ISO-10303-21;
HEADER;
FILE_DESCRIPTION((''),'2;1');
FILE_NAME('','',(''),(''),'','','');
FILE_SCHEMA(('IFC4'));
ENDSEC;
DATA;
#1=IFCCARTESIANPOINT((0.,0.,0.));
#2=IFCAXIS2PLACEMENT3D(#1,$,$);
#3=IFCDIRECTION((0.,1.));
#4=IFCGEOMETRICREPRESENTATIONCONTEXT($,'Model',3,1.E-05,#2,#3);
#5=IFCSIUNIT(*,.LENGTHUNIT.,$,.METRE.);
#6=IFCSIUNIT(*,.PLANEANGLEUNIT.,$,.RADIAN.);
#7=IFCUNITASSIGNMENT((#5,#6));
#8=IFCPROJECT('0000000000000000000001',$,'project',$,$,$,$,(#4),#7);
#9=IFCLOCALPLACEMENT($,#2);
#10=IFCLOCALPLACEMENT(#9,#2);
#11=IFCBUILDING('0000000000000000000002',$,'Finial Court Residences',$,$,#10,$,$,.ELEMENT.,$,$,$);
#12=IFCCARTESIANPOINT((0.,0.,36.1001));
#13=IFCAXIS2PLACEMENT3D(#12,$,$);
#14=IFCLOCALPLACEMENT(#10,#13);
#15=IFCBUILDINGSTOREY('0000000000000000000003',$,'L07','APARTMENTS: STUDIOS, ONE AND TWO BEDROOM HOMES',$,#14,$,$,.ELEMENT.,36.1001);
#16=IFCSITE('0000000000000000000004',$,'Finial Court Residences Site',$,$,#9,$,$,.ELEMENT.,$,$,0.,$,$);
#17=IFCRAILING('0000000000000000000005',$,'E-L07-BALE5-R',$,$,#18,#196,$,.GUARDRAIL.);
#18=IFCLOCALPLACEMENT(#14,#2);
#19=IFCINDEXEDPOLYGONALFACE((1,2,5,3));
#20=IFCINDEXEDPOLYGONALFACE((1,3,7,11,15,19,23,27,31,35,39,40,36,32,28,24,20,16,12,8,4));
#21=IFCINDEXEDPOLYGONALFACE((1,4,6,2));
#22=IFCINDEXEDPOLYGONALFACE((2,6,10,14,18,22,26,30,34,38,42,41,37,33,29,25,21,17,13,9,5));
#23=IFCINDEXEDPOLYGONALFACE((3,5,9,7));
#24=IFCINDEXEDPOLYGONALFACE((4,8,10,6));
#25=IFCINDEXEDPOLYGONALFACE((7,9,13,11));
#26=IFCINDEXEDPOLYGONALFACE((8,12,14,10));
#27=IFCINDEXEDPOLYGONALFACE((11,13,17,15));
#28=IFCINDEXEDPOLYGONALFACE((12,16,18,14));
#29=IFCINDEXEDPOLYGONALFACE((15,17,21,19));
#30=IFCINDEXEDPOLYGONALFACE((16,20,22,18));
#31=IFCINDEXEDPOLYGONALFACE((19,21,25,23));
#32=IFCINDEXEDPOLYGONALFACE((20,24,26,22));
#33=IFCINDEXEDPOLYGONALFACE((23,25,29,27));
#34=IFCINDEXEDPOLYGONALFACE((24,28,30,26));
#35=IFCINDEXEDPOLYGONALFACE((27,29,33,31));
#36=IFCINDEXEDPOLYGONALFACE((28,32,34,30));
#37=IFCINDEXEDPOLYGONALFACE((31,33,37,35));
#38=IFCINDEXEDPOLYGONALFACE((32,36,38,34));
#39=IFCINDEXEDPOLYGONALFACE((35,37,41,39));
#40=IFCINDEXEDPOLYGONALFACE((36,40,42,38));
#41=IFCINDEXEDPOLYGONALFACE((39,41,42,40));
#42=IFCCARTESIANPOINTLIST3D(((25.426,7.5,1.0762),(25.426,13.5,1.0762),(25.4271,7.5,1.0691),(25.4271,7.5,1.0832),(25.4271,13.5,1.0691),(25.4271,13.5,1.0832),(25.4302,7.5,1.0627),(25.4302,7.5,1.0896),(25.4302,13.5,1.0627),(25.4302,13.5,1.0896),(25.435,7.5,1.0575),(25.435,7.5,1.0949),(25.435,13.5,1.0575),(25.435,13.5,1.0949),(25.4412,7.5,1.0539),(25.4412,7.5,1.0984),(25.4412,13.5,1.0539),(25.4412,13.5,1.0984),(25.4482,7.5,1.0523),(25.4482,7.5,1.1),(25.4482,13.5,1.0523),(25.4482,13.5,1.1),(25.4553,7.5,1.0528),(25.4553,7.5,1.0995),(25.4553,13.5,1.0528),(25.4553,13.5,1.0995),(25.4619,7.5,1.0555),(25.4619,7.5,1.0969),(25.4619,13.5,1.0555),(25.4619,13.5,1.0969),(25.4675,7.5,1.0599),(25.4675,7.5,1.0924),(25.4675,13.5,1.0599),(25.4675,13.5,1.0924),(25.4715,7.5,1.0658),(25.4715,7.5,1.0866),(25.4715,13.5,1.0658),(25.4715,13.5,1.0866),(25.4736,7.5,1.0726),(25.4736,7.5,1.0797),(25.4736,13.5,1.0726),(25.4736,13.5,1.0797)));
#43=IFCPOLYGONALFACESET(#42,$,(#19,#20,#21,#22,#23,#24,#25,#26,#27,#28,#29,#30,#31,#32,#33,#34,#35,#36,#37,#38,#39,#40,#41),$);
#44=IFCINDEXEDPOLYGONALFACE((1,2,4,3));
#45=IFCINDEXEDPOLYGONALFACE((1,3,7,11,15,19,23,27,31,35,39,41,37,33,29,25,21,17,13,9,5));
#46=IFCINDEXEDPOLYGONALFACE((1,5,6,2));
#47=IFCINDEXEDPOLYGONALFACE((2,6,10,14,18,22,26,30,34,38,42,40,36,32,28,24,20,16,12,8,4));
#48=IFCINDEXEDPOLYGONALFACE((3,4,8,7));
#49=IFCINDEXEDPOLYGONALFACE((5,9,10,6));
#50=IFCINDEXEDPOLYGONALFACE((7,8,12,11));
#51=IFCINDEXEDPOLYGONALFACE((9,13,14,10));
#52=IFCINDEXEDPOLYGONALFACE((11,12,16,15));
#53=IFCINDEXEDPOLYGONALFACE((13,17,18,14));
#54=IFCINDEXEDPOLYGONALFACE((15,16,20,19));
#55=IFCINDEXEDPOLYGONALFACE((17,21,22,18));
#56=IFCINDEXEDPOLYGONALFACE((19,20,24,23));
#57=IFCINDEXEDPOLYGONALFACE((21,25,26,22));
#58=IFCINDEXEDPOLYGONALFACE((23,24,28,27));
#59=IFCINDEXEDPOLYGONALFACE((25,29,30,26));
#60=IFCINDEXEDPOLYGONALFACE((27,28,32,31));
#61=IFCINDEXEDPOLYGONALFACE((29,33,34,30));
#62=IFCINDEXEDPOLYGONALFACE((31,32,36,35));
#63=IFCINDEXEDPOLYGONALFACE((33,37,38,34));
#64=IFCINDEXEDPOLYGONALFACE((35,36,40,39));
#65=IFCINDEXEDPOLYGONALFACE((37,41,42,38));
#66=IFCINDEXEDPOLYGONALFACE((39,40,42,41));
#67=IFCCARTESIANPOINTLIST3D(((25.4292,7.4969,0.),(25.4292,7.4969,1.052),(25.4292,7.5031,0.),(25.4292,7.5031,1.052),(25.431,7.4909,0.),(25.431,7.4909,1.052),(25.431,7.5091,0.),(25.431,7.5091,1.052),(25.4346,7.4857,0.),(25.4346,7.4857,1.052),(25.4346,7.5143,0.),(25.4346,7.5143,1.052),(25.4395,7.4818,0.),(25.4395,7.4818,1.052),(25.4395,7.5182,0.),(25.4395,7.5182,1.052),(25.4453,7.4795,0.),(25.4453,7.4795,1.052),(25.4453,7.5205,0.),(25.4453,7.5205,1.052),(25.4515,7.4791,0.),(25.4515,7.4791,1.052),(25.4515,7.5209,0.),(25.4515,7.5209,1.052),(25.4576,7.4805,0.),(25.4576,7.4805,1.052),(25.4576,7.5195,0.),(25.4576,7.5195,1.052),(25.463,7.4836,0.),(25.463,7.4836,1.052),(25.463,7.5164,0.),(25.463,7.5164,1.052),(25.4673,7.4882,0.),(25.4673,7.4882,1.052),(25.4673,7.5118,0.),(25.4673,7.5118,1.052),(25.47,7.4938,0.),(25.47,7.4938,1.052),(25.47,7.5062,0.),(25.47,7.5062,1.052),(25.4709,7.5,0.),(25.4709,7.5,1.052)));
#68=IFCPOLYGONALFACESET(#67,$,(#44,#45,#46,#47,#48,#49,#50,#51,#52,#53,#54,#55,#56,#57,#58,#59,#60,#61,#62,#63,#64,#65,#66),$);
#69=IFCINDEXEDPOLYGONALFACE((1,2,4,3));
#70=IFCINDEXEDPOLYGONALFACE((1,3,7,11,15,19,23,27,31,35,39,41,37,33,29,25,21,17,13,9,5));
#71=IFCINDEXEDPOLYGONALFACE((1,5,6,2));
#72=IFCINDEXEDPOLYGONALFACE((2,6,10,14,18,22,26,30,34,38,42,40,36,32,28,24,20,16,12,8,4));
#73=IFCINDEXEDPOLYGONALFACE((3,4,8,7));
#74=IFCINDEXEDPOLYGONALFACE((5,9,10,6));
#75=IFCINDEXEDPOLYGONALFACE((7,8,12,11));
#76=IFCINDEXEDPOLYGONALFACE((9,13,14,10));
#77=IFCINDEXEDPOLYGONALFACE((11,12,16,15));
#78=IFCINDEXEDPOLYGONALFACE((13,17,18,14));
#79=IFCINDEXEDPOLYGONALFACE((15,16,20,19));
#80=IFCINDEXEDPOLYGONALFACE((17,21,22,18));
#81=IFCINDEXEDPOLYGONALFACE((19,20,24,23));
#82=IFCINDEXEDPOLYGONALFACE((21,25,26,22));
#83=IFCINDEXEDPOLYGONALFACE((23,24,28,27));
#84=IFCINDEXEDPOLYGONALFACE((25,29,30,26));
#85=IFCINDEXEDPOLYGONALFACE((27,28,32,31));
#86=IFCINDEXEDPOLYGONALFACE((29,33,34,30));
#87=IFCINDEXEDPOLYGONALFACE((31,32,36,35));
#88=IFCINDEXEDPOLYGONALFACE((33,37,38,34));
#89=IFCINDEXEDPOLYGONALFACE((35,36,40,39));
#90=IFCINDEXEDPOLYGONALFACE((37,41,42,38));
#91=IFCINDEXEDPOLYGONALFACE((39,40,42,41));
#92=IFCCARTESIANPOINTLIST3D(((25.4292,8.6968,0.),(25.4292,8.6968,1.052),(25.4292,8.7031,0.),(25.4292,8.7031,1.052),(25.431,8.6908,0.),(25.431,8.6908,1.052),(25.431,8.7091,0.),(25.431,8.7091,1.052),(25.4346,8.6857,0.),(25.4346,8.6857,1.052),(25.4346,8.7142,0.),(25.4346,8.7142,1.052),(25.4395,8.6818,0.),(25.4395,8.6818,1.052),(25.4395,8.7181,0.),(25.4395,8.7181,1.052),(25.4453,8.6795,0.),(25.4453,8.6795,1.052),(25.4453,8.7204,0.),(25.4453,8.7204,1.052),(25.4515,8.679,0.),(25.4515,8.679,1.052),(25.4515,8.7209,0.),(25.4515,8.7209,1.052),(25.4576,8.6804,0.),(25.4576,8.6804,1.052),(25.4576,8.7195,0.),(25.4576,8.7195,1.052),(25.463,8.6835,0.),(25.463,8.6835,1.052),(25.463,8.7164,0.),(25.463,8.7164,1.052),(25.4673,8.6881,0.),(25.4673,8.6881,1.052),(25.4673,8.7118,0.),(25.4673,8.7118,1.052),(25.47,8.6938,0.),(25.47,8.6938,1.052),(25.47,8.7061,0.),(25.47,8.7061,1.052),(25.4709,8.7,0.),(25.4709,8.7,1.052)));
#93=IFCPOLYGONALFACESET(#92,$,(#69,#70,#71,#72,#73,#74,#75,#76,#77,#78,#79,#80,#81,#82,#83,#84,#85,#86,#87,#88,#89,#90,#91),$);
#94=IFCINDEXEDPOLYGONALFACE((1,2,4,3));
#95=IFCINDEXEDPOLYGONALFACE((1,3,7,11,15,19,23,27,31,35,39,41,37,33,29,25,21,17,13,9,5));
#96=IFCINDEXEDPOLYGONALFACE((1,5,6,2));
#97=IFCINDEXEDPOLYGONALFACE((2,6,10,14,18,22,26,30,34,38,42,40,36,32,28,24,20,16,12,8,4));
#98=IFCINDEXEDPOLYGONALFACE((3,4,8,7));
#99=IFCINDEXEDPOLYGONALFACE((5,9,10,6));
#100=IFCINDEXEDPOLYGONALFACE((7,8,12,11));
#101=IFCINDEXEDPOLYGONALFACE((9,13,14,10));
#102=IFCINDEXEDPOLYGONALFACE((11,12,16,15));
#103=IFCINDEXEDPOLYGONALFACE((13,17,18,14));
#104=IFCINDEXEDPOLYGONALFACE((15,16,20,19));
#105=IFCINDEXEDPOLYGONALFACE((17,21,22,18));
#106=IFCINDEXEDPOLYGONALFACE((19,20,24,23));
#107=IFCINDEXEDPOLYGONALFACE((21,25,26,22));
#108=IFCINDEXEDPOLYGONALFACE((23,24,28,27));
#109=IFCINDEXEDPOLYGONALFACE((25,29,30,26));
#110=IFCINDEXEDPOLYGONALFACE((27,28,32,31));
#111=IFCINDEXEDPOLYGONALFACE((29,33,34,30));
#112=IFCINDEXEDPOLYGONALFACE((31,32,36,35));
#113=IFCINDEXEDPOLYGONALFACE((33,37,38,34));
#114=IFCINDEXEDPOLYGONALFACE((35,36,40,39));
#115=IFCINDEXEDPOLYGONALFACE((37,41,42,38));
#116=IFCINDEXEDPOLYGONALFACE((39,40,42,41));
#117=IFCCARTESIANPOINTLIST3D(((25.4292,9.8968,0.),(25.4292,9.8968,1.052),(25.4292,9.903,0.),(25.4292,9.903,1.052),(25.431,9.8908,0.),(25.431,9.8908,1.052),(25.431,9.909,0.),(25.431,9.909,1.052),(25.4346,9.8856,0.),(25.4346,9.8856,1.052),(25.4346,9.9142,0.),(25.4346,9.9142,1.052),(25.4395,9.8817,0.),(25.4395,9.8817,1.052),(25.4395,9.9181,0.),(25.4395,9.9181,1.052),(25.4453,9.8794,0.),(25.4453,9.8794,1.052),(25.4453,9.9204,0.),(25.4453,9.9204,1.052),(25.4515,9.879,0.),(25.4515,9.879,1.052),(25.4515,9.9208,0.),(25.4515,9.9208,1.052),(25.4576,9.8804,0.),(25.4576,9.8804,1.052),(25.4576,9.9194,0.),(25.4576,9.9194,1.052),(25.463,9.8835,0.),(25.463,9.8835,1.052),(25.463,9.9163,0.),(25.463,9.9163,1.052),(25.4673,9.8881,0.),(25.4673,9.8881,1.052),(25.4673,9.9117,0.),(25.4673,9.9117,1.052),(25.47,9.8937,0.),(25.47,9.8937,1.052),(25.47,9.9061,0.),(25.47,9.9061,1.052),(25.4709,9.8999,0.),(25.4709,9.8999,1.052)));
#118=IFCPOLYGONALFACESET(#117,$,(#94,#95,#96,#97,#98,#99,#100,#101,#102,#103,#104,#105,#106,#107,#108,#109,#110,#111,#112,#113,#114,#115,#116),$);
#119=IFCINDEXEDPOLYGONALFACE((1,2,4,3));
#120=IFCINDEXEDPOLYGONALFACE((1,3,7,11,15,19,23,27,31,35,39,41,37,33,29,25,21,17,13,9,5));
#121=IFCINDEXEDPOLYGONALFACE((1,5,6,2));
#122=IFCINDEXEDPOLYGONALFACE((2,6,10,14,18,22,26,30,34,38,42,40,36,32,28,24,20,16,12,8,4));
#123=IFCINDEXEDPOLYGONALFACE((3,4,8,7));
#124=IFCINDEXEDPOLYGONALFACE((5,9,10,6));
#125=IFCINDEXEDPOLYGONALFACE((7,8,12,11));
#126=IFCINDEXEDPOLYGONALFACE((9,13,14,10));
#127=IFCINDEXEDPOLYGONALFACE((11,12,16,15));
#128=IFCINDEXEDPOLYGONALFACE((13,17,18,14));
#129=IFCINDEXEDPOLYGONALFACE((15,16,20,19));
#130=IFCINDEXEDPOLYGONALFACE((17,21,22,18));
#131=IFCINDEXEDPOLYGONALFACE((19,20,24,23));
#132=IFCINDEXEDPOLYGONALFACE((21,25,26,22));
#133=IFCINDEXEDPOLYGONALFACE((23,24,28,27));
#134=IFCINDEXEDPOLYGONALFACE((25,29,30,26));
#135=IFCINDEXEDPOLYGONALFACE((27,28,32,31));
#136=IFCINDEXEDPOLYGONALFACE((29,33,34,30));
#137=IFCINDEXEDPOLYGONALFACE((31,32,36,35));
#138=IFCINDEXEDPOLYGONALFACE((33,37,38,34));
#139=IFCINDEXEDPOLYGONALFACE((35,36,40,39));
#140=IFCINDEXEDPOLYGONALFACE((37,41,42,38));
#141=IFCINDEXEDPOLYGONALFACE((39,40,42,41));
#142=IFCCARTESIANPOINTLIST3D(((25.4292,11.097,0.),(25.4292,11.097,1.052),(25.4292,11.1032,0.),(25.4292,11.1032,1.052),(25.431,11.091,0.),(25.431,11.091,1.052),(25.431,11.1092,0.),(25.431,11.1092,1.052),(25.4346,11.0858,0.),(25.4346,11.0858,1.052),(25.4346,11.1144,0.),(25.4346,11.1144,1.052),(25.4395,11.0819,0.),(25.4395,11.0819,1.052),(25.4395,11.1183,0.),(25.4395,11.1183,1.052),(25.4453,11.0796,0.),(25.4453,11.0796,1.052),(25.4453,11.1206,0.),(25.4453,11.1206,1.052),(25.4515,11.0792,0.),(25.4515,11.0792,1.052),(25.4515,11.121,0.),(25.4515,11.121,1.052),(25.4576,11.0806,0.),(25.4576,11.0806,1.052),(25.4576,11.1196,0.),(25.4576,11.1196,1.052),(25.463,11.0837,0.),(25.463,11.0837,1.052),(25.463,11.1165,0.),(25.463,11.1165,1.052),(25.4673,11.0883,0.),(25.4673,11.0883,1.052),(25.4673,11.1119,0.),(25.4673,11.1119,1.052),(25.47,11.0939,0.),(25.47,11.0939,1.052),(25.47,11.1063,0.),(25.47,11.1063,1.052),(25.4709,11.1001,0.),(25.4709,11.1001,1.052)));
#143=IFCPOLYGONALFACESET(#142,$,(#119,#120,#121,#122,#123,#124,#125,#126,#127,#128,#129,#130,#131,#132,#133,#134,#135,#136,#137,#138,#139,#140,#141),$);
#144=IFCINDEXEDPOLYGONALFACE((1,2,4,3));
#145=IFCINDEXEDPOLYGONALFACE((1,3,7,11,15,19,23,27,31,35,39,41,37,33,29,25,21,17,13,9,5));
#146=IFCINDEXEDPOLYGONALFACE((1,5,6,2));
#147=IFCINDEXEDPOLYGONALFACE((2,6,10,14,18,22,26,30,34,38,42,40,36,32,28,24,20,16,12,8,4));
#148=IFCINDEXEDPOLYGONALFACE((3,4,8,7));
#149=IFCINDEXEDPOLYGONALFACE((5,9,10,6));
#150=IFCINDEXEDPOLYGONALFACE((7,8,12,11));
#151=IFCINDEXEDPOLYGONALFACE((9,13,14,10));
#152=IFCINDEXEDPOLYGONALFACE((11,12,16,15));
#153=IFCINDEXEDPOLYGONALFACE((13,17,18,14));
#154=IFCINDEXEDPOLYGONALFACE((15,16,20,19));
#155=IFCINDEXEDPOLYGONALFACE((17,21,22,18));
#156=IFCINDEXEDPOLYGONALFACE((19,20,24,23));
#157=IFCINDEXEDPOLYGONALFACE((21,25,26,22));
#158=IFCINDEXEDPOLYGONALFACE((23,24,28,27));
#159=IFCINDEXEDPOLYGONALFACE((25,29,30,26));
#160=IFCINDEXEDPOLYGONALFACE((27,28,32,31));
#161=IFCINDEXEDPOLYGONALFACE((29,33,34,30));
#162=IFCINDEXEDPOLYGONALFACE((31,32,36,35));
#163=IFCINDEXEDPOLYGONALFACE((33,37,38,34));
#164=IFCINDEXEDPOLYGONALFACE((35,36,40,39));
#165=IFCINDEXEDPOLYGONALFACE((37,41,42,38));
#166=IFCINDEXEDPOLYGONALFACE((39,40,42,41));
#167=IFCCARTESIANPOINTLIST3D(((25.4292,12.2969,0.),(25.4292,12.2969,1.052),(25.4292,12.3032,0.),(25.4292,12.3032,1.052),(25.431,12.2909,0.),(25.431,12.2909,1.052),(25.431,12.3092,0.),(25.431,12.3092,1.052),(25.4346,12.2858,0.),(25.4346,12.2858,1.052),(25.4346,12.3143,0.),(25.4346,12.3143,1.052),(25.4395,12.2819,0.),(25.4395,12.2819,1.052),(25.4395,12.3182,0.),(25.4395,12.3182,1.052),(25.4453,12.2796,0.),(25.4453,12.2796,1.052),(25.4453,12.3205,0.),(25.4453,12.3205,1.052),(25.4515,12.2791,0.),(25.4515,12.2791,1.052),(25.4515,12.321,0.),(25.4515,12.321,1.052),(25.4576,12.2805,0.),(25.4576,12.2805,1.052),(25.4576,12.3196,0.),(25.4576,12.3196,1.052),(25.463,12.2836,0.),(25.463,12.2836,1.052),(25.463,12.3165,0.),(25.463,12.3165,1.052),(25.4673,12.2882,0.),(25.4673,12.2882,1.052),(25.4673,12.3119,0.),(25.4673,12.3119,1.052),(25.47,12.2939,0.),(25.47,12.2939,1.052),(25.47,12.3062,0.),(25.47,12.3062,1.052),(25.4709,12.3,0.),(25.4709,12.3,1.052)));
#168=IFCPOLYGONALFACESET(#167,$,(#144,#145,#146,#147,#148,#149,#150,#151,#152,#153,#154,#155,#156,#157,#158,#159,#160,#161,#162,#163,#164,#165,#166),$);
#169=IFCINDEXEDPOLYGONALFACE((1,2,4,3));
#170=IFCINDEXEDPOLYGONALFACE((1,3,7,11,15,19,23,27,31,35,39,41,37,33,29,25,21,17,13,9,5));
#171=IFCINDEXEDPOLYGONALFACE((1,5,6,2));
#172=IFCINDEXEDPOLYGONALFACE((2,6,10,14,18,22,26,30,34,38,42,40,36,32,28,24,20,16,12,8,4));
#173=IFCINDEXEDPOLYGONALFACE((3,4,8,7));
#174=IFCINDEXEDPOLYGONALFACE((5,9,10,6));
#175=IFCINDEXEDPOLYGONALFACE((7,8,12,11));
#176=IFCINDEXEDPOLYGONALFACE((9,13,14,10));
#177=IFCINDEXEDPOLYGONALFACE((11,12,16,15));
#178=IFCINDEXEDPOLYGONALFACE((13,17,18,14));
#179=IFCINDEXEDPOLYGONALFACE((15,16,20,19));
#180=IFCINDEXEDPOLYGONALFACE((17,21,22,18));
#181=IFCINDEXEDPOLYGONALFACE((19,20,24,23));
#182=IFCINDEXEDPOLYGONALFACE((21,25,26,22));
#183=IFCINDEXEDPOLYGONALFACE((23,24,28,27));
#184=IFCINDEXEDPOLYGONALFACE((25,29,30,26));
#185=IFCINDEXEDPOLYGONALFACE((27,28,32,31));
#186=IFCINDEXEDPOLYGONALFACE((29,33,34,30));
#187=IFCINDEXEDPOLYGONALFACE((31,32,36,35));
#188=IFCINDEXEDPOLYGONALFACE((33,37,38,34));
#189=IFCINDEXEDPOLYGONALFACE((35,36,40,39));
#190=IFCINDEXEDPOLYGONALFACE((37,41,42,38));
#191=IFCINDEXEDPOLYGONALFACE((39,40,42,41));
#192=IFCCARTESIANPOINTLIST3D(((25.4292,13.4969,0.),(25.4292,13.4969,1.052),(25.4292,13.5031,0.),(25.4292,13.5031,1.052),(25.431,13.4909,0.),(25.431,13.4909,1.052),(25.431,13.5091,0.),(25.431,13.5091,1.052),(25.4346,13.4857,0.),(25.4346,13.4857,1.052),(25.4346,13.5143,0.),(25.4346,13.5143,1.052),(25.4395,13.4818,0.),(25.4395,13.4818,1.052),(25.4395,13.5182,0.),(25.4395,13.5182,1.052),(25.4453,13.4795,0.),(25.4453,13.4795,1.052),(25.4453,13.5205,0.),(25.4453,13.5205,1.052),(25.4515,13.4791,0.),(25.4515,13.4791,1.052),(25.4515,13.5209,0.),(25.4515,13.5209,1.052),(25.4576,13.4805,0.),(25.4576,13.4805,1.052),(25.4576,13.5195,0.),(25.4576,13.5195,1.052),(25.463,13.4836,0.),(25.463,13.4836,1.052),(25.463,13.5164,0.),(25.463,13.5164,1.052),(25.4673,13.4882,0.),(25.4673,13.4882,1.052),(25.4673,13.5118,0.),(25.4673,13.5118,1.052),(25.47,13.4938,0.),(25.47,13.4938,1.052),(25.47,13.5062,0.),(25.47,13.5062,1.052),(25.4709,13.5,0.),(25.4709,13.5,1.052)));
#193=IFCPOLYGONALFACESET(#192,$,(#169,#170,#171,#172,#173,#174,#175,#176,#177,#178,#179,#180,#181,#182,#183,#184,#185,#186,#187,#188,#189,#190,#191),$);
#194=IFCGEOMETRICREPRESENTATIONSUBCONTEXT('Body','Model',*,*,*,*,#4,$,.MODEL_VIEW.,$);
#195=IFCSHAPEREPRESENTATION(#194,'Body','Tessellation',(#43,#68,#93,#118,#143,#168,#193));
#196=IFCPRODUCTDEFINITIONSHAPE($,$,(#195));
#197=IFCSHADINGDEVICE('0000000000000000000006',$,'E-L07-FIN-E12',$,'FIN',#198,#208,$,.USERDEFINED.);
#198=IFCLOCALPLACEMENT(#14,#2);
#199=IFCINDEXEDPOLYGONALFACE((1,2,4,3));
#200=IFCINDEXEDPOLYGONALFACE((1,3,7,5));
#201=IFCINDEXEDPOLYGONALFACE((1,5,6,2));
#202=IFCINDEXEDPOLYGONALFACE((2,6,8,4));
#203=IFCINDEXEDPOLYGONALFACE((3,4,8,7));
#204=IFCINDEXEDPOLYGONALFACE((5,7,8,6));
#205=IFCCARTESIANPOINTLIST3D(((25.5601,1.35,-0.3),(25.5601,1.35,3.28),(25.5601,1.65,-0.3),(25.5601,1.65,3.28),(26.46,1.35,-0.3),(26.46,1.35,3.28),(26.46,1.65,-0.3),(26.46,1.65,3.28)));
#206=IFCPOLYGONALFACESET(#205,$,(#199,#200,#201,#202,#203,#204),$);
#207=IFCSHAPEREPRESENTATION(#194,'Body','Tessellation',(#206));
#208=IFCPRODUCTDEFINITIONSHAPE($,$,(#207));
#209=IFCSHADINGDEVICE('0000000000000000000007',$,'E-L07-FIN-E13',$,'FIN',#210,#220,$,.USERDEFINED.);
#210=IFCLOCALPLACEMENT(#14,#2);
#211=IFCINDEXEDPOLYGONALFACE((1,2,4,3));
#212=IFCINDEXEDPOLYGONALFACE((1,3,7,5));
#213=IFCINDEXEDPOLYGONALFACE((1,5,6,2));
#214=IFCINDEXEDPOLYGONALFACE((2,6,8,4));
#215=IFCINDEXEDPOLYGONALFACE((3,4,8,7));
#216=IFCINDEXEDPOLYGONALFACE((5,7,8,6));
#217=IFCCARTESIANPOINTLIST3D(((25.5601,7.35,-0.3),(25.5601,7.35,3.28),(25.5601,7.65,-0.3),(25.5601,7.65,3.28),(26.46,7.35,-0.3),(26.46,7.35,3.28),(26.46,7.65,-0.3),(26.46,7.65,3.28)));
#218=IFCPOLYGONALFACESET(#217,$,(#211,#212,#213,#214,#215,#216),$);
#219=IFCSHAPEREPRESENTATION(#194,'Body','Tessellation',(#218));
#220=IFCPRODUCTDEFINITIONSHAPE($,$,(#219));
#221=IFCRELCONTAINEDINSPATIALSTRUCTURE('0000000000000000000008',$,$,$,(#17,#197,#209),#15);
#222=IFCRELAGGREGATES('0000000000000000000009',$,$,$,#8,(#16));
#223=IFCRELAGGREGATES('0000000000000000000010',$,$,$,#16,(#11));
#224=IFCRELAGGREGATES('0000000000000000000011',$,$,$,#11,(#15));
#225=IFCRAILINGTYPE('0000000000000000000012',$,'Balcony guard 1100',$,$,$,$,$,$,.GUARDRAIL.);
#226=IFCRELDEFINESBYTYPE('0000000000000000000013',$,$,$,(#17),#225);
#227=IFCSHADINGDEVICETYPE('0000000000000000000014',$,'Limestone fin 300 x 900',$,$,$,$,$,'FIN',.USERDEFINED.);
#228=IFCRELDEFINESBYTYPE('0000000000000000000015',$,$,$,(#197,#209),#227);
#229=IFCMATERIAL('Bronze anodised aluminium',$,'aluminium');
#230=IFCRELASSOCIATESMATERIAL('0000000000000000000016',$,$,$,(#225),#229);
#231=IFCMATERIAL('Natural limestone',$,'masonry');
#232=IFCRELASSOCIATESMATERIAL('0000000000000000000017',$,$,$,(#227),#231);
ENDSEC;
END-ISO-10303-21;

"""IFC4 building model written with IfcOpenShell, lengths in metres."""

from ifc_helpers import new_model, si_unit, direction, frame, origin, origin_2d, place, context, subcontext, project, spatial, rectangle, circle, extrude, material, type_object, element, save


model = new_model("IFC4")

# Units and contexts
model_context = context("Model", 3, precision=1e-05, world=origin(), true_north=direction((0.0, 1.0)))
body_context = subcontext(model_context, "Body", "Model", "MODEL_VIEW")
ifc_project = project(units=[si_unit("LENGTHUNIT", "METRE"), si_unit("PLANEANGLEUNIT", "RADIAN")], contexts=[model_context])

# Site, building, storey
site_placement = place(None, origin())
site = spatial("IfcSite", under=ifc_project, at=site_placement, Name="Finial Court Residences Site", CompositionType="ELEMENT", RefElevation=0.0)
building_placement = place(site_placement, origin())
building = spatial("IfcBuilding", under=site, at=building_placement, Name="Finial Court Residences", CompositionType="ELEMENT")
storey_placement = place(building_placement, frame((0.0, 0.0, 36.1001)))
storey = spatial("IfcBuildingStorey", under=building, at=storey_placement, Name="L07", Description="APARTMENTS: STUDIOS, ONE AND TWO BEDROOM HOMES", CompositionType="ELEMENT", Elevation=36.1001)

# Shared definitions
ifc_material_1 = material(Name="Bronze anodised aluminium", Category="aluminium")

# Shared definitions
ifc_material_2 = material(Name="Natural limestone", Category="masonry")

# Railing
railing_type = type_object("IfcRailingType", Name="Balcony guard 1100", PredefinedType="GUARDRAIL", material=ifc_material_1)
railing_placement = place(storey_placement, frame((25.45, 7.5, 0.0)))
element("IfcRailing", 1, at=railing_placement, inside=storey, type_object=railing_type, Name="E-L07-BALE5-R", PredefinedType="GUARDRAIL", context=body_context, shape_type="SweptSolid", body=[
    extrude(circle(Radius=0.0239, at=origin_2d()), frame((0.0, 0.0, 1.0762), z_axis=(0.0, 1.0, 0.0), x_axis=(-1.0, 0.0, 0.0)), (0.0, 0.0, 1.0), 6.0),
    extrude(circle(Radius=0.021, at=origin_2d()), origin(), (0.0, 0.0, 1.0), 1.052),
    extrude(circle(Radius=0.021, at=origin_2d()), frame((0.0, 1.2, 0.0)), (0.0, 0.0, 1.0), 1.052),
    extrude(circle(Radius=0.021, at=origin_2d()), frame((0.0, 2.3999, 0.0)), (0.0, 0.0, 1.0), 1.052),
    extrude(circle(Radius=0.021, at=origin_2d()), frame((0.0, 3.6001, 0.0)), (0.0, 0.0, 1.0), 1.052),
    extrude(circle(Radius=0.021, at=origin_2d()), frame((0.0, 4.8, 0.0)), (0.0, 0.0, 1.0), 1.052),
    extrude(circle(Radius=0.021, at=origin_2d()), frame((0.0, 6.0, 0.0)), (0.0, 0.0, 1.0), 1.052),
])

# Shading devices
shading_device_type = type_object("IfcShadingDeviceType", Name="Limestone fin 300 x 900", ElementType="FIN", PredefinedType="USERDEFINED", material=ifc_material_2)
for number, where, z_axis, x_axis, name in (
    (2, (26.01, 1.5, -0.3), (0.0, 0.0, 1.0), (1.0, 0.0, 0.0), "E-L07-FIN-E12"),
    (3, (26.01, 7.5, -0.3), (0.0, 0.0, 1.0), (1.0, 0.0, 0.0), "E-L07-FIN-E13"),
):
    element("IfcShadingDevice", number, at=place(storey_placement, frame(where, z_axis=z_axis, x_axis=x_axis)), inside=storey, type_object=shading_device_type, Name=name, ObjectType="FIN", PredefinedType="USERDEFINED", context=body_context, shape_type="SweptSolid", body=[
        extrude(rectangle(XDim=0.8999, YDim=0.3, at=origin_2d()), origin(), (0.0, 0.0, 1.0), 3.5801),
    ])

save(model, "model.ifc")
